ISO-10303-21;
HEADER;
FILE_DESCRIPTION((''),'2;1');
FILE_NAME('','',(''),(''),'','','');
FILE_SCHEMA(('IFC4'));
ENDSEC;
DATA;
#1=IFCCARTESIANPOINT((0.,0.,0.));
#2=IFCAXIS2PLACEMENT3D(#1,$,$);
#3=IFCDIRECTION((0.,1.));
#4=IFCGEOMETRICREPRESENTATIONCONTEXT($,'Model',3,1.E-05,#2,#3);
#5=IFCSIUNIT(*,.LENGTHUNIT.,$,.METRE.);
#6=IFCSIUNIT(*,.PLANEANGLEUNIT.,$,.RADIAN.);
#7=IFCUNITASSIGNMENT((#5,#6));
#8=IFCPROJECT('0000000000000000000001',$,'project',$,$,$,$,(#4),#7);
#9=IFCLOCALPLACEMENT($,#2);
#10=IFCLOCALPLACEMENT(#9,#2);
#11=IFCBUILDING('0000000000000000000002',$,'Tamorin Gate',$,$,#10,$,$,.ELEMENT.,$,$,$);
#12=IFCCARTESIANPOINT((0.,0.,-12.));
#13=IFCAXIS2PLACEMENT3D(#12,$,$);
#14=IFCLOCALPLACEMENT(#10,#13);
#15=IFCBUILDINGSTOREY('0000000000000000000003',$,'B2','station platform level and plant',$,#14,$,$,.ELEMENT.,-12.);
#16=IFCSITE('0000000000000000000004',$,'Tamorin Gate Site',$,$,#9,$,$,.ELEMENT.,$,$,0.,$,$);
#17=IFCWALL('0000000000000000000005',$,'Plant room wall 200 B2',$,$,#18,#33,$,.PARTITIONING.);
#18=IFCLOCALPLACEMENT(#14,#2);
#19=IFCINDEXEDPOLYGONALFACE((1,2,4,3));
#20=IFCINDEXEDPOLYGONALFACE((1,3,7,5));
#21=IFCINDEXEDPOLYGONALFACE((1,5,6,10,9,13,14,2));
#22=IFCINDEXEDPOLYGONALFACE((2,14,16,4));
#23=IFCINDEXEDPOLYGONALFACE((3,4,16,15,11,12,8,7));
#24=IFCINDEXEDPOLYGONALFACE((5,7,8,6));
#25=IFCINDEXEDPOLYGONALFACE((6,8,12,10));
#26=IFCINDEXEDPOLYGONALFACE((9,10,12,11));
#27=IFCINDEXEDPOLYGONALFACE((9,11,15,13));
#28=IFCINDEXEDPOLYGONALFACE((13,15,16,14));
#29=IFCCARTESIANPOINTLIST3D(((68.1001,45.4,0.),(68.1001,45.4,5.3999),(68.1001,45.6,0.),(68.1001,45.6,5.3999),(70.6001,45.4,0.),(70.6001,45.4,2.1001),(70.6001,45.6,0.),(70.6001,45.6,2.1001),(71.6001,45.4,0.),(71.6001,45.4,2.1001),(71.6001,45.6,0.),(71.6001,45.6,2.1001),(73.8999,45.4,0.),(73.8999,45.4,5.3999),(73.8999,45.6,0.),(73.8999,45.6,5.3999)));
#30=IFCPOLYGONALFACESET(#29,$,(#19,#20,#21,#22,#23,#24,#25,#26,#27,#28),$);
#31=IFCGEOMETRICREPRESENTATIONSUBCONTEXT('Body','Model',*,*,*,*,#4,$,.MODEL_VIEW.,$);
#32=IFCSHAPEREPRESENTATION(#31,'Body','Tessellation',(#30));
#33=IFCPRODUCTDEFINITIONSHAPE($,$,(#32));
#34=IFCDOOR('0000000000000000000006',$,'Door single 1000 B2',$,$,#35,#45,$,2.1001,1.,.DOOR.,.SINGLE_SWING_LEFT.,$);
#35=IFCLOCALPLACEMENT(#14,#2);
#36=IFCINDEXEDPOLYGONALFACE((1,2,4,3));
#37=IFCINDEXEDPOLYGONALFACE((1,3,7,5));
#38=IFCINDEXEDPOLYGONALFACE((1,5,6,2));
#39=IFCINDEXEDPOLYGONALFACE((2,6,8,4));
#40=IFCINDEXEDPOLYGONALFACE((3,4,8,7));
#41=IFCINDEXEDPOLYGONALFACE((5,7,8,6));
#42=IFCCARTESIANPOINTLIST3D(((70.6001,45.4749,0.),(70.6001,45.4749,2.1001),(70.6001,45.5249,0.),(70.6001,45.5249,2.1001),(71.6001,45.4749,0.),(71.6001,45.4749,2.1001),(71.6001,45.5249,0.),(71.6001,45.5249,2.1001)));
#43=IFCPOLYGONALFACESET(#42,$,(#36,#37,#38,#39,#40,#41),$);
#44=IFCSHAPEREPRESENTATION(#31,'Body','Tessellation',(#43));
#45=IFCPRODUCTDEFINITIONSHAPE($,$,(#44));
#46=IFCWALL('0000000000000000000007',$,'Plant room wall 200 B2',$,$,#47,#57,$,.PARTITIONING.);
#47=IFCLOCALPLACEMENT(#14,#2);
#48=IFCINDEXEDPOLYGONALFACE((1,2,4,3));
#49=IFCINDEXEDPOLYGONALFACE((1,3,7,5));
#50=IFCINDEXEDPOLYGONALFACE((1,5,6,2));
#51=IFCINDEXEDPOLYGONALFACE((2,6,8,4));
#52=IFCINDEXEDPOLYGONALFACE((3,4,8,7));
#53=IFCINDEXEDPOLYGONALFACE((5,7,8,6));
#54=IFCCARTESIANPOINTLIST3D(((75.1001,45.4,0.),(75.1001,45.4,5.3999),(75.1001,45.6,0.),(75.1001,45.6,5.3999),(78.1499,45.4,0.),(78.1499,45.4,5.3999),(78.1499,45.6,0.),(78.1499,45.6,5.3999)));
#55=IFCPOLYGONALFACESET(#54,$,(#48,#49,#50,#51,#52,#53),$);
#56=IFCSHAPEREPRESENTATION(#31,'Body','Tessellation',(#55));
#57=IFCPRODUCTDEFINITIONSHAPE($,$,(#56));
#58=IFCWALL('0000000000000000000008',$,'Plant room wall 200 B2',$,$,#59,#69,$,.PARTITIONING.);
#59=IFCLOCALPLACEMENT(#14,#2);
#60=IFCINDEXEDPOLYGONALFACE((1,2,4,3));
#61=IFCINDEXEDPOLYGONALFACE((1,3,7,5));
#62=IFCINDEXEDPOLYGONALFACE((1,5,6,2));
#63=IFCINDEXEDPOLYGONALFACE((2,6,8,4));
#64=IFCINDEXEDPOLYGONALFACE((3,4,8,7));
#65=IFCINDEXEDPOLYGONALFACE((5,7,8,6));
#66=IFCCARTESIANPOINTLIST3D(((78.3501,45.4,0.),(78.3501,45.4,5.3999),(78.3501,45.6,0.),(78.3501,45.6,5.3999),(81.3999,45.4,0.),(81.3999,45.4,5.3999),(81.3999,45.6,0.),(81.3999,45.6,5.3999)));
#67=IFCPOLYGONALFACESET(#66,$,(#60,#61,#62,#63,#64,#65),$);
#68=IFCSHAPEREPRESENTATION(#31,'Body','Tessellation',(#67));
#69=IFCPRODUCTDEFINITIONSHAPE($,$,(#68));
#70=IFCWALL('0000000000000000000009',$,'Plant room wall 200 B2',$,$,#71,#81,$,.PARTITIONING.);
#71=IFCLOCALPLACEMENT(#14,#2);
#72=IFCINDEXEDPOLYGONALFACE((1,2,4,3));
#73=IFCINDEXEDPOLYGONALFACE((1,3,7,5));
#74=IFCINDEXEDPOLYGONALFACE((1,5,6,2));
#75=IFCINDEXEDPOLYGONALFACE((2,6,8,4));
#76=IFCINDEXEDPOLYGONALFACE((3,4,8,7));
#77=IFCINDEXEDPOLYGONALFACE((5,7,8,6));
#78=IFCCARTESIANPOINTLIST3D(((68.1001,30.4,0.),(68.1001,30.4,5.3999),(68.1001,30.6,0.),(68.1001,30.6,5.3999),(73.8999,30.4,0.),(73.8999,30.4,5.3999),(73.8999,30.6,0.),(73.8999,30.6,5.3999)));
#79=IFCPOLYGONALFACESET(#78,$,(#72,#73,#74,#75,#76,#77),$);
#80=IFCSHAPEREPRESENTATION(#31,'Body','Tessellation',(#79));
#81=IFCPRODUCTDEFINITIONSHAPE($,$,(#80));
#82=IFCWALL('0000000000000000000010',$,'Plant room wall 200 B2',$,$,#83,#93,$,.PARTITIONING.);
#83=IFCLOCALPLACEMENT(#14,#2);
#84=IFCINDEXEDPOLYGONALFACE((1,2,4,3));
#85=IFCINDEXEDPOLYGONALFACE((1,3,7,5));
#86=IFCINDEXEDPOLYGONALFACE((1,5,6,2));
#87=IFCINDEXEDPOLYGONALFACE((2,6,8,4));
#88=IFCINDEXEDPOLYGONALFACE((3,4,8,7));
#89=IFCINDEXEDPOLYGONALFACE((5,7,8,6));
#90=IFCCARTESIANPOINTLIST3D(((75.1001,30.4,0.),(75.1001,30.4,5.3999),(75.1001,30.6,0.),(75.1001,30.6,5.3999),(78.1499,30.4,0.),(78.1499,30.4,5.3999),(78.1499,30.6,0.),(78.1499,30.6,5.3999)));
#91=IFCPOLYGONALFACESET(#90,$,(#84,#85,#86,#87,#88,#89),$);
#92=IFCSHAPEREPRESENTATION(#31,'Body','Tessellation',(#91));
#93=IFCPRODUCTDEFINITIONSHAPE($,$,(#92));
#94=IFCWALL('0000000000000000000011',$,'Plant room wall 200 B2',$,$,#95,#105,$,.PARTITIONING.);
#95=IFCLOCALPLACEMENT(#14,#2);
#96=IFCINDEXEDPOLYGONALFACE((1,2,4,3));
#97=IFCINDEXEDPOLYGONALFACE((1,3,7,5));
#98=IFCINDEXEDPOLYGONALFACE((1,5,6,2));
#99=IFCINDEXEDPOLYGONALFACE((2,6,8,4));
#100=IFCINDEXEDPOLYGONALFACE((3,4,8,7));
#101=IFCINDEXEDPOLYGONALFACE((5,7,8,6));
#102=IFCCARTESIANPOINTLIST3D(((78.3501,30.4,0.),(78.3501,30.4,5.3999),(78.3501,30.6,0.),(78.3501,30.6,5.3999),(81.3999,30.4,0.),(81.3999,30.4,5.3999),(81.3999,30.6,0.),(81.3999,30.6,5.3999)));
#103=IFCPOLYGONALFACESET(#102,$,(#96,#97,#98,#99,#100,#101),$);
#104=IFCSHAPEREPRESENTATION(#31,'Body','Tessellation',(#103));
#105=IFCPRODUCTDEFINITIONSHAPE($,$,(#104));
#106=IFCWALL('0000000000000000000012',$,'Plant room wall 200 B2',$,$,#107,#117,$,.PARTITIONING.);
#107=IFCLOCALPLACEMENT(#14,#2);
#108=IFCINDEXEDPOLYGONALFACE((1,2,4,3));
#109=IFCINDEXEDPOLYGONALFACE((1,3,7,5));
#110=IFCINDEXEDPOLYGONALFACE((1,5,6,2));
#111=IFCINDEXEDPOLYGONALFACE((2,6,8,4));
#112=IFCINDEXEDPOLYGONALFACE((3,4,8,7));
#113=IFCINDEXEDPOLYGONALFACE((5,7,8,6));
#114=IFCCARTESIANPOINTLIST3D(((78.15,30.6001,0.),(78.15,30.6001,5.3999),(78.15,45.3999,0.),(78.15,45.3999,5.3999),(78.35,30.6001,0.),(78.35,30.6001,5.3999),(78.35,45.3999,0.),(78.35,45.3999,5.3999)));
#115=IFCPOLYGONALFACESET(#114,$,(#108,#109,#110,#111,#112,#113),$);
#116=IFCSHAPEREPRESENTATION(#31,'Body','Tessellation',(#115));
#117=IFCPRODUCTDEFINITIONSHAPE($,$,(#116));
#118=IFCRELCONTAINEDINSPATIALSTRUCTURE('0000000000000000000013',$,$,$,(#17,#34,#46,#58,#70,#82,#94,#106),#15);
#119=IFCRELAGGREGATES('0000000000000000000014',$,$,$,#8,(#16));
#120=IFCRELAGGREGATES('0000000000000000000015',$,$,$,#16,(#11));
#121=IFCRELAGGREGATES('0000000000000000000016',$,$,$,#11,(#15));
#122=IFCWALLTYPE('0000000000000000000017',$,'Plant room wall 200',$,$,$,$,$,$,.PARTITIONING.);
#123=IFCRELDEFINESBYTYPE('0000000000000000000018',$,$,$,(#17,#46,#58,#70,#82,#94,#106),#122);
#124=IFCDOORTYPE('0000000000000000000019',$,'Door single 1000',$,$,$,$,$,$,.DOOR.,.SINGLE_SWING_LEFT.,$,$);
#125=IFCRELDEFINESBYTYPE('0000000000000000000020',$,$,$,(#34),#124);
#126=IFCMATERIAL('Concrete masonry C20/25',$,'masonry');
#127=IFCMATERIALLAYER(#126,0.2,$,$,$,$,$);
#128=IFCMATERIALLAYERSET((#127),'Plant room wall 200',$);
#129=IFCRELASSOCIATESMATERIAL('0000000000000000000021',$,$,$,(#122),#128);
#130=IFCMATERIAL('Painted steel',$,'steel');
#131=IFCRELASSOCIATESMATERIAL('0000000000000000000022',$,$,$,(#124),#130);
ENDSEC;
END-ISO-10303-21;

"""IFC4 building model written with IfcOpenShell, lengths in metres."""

from ifc_helpers import new_model, si_unit, direction, frame, frame_2d, origin, place, context, subcontext, project, spatial, rectangle, extrude, material, layer, layer_set, type_object, element, fill, save


model = new_model("IFC4")

# Units and contexts
model_context = context("Model", 3, precision=1e-05, world=origin(), true_north=direction((0.0, 1.0)))
body_context = subcontext(model_context, "Body", "Model", "MODEL_VIEW")
ifc_project = project(units=[si_unit("LENGTHUNIT", "METRE"), si_unit("PLANEANGLEUNIT", "RADIAN")], contexts=[model_context])

# Site, building, storey
site_placement = place(None, origin())
site = spatial("IfcSite", under=ifc_project, at=site_placement, Name="Tamorin Gate Site", CompositionType="ELEMENT", RefElevation=0.0)
building_placement = place(site_placement, origin())
building = spatial("IfcBuilding", under=site, at=building_placement, Name="Tamorin Gate", CompositionType="ELEMENT")
storey_placement = place(building_placement, frame((0.0, 0.0, -12.0)))
storey = spatial("IfcBuildingStorey", under=building, at=storey_placement, Name="B2", Description="station platform level and plant", CompositionType="ELEMENT", Elevation=-12.0)

# Wall, opening, door
ifc_material_1 = material(Name="Concrete masonry C20/25", Category="masonry")
ifc_layer = layer(ifc_material_1, 0.2)
ifc_layer_set = layer_set([ifc_layer], Name="Plant room wall 200")
wall_type = type_object("IfcWallType", Name="Plant room wall 200", PredefinedType="PARTITIONING", material=ifc_layer_set)
wall_1_placement = place(storey_placement, frame((68.1001, 45.5, 0.0), z_axis=(0.0, 0.0, 1.0), x_axis=(1.0, 0.0, 0.0)))
wall_1 = element("IfcWall", 1, at=wall_1_placement, inside=storey, type_object=wall_type, Name="Plant room wall 200 B2", PredefinedType="PARTITIONING", context=body_context, shape_type="SweptSolid", body=[
    extrude(rectangle(XDim=5.7998, YDim=0.2, at=frame_2d((2.8999, 0.0))), origin(), (0.0, 0.0, 1.0), 5.3999),
])
opening_placement = place(wall_1_placement, frame((2.5, 0.0, 0.0)))
opening = element("IfcOpeningElement", 2, at=opening_placement, cuts=wall_1, PredefinedType="OPENING", context=body_context, shape_type="SweptSolid", body=[
    extrude(rectangle(XDim=1.0, YDim=2.1001, at=frame_2d((0.5, 1.05))), frame((0.0, 0.1099, 0.0), z_axis=(0.0, -1.0, 0.0), x_axis=(1.0, 0.0, 0.0)), (0.0, 0.0, 1.0), 0.22),
])
ifc_material_2 = material(Name="Painted steel", Category="steel")
door_type = type_object("IfcDoorType", Name="Door single 1000", OperationType="SINGLE_SWING_LEFT", PredefinedType="DOOR", material=ifc_material_2)
door_placement = place(opening_placement, origin())
door = element("IfcDoor", 3, at=door_placement, inside=storey, type_object=door_type, Name="Door single 1000 B2", OperationType="SINGLE_SWING_LEFT", OverallHeight=2.1001, OverallWidth=1.0, PredefinedType="DOOR", context=body_context, shape_type="SweptSolid", body=[
    extrude(rectangle(XDim=1.0, YDim=2.1001, at=frame_2d((0.5, 1.05))), frame((0.0, 0.0249, 0.0), z_axis=(0.0, -1.0, 0.0), x_axis=(1.0, 0.0, 0.0)), (0.0, 0.0, 1.0), 0.05),
])
fill(opening, door)

# Walls
for number, where, z_axis, x_axis, name in (
    (4, (75.1001, 45.5, 0.0), (0.0, 0.0, 1.0), (1.0, 0.0, 0.0), "Plant room wall 200 B2"),
    (5, (78.3501, 45.5, 0.0), (0.0, 0.0, 1.0), (1.0, 0.0, 0.0), "Plant room wall 200 B2"),
):
    element("IfcWall", number, at=place(storey_placement, frame(where, z_axis=z_axis, x_axis=x_axis)), inside=storey, type_object=wall_type, Name=name, PredefinedType="PARTITIONING", context=body_context, shape_type="SweptSolid", body=[
        extrude(rectangle(XDim=3.0498, YDim=0.2, at=frame_2d((1.5249, 0.0))), origin(), (0.0, 0.0, 1.0), 5.3999),
    ])
wall_2_placement = place(storey_placement, frame((68.1001, 30.5, 0.0), z_axis=(0.0, 0.0, 1.0), x_axis=(1.0, 0.0, 0.0)))
element("IfcWall", 6, at=wall_2_placement, inside=storey, type_object=wall_type, Name="Plant room wall 200 B2", PredefinedType="PARTITIONING", context=body_context, shape_type="SweptSolid", body=[
    extrude(rectangle(XDim=5.7998, YDim=0.2, at=frame_2d((2.8999, 0.0))), origin(), (0.0, 0.0, 1.0), 5.3999),
])
for number, where, z_axis, x_axis, name in (
    (7, (75.1001, 30.5, 0.0), (0.0, 0.0, 1.0), (1.0, 0.0, 0.0), "Plant room wall 200 B2"),
    (8, (78.3501, 30.5, 0.0), (0.0, 0.0, 1.0), (1.0, 0.0, 0.0), "Plant room wall 200 B2"),
):
    element("IfcWall", number, at=place(storey_placement, frame(where, z_axis=z_axis, x_axis=x_axis)), inside=storey, type_object=wall_type, Name=name, PredefinedType="PARTITIONING", context=body_context, shape_type="SweptSolid", body=[
        extrude(rectangle(XDim=3.0498, YDim=0.2, at=frame_2d((1.5249, 0.0))), origin(), (0.0, 0.0, 1.0), 5.3999),
    ])
wall_3_placement = place(storey_placement, frame((78.25, 30.6001, 0.0), z_axis=(0.0, 0.0, 1.0), x_axis=(0.0, 1.0, 0.0)))
element("IfcWall", 9, at=wall_3_placement, inside=storey, type_object=wall_type, Name="Plant room wall 200 B2", PredefinedType="PARTITIONING", context=body_context, shape_type="SweptSolid", body=[
    extrude(rectangle(XDim=14.7998, YDim=0.2, at=frame_2d((7.3999, 0.0))), origin(), (0.0, 0.0, 1.0), 5.3999),
])

save(model, "model.ifc")
